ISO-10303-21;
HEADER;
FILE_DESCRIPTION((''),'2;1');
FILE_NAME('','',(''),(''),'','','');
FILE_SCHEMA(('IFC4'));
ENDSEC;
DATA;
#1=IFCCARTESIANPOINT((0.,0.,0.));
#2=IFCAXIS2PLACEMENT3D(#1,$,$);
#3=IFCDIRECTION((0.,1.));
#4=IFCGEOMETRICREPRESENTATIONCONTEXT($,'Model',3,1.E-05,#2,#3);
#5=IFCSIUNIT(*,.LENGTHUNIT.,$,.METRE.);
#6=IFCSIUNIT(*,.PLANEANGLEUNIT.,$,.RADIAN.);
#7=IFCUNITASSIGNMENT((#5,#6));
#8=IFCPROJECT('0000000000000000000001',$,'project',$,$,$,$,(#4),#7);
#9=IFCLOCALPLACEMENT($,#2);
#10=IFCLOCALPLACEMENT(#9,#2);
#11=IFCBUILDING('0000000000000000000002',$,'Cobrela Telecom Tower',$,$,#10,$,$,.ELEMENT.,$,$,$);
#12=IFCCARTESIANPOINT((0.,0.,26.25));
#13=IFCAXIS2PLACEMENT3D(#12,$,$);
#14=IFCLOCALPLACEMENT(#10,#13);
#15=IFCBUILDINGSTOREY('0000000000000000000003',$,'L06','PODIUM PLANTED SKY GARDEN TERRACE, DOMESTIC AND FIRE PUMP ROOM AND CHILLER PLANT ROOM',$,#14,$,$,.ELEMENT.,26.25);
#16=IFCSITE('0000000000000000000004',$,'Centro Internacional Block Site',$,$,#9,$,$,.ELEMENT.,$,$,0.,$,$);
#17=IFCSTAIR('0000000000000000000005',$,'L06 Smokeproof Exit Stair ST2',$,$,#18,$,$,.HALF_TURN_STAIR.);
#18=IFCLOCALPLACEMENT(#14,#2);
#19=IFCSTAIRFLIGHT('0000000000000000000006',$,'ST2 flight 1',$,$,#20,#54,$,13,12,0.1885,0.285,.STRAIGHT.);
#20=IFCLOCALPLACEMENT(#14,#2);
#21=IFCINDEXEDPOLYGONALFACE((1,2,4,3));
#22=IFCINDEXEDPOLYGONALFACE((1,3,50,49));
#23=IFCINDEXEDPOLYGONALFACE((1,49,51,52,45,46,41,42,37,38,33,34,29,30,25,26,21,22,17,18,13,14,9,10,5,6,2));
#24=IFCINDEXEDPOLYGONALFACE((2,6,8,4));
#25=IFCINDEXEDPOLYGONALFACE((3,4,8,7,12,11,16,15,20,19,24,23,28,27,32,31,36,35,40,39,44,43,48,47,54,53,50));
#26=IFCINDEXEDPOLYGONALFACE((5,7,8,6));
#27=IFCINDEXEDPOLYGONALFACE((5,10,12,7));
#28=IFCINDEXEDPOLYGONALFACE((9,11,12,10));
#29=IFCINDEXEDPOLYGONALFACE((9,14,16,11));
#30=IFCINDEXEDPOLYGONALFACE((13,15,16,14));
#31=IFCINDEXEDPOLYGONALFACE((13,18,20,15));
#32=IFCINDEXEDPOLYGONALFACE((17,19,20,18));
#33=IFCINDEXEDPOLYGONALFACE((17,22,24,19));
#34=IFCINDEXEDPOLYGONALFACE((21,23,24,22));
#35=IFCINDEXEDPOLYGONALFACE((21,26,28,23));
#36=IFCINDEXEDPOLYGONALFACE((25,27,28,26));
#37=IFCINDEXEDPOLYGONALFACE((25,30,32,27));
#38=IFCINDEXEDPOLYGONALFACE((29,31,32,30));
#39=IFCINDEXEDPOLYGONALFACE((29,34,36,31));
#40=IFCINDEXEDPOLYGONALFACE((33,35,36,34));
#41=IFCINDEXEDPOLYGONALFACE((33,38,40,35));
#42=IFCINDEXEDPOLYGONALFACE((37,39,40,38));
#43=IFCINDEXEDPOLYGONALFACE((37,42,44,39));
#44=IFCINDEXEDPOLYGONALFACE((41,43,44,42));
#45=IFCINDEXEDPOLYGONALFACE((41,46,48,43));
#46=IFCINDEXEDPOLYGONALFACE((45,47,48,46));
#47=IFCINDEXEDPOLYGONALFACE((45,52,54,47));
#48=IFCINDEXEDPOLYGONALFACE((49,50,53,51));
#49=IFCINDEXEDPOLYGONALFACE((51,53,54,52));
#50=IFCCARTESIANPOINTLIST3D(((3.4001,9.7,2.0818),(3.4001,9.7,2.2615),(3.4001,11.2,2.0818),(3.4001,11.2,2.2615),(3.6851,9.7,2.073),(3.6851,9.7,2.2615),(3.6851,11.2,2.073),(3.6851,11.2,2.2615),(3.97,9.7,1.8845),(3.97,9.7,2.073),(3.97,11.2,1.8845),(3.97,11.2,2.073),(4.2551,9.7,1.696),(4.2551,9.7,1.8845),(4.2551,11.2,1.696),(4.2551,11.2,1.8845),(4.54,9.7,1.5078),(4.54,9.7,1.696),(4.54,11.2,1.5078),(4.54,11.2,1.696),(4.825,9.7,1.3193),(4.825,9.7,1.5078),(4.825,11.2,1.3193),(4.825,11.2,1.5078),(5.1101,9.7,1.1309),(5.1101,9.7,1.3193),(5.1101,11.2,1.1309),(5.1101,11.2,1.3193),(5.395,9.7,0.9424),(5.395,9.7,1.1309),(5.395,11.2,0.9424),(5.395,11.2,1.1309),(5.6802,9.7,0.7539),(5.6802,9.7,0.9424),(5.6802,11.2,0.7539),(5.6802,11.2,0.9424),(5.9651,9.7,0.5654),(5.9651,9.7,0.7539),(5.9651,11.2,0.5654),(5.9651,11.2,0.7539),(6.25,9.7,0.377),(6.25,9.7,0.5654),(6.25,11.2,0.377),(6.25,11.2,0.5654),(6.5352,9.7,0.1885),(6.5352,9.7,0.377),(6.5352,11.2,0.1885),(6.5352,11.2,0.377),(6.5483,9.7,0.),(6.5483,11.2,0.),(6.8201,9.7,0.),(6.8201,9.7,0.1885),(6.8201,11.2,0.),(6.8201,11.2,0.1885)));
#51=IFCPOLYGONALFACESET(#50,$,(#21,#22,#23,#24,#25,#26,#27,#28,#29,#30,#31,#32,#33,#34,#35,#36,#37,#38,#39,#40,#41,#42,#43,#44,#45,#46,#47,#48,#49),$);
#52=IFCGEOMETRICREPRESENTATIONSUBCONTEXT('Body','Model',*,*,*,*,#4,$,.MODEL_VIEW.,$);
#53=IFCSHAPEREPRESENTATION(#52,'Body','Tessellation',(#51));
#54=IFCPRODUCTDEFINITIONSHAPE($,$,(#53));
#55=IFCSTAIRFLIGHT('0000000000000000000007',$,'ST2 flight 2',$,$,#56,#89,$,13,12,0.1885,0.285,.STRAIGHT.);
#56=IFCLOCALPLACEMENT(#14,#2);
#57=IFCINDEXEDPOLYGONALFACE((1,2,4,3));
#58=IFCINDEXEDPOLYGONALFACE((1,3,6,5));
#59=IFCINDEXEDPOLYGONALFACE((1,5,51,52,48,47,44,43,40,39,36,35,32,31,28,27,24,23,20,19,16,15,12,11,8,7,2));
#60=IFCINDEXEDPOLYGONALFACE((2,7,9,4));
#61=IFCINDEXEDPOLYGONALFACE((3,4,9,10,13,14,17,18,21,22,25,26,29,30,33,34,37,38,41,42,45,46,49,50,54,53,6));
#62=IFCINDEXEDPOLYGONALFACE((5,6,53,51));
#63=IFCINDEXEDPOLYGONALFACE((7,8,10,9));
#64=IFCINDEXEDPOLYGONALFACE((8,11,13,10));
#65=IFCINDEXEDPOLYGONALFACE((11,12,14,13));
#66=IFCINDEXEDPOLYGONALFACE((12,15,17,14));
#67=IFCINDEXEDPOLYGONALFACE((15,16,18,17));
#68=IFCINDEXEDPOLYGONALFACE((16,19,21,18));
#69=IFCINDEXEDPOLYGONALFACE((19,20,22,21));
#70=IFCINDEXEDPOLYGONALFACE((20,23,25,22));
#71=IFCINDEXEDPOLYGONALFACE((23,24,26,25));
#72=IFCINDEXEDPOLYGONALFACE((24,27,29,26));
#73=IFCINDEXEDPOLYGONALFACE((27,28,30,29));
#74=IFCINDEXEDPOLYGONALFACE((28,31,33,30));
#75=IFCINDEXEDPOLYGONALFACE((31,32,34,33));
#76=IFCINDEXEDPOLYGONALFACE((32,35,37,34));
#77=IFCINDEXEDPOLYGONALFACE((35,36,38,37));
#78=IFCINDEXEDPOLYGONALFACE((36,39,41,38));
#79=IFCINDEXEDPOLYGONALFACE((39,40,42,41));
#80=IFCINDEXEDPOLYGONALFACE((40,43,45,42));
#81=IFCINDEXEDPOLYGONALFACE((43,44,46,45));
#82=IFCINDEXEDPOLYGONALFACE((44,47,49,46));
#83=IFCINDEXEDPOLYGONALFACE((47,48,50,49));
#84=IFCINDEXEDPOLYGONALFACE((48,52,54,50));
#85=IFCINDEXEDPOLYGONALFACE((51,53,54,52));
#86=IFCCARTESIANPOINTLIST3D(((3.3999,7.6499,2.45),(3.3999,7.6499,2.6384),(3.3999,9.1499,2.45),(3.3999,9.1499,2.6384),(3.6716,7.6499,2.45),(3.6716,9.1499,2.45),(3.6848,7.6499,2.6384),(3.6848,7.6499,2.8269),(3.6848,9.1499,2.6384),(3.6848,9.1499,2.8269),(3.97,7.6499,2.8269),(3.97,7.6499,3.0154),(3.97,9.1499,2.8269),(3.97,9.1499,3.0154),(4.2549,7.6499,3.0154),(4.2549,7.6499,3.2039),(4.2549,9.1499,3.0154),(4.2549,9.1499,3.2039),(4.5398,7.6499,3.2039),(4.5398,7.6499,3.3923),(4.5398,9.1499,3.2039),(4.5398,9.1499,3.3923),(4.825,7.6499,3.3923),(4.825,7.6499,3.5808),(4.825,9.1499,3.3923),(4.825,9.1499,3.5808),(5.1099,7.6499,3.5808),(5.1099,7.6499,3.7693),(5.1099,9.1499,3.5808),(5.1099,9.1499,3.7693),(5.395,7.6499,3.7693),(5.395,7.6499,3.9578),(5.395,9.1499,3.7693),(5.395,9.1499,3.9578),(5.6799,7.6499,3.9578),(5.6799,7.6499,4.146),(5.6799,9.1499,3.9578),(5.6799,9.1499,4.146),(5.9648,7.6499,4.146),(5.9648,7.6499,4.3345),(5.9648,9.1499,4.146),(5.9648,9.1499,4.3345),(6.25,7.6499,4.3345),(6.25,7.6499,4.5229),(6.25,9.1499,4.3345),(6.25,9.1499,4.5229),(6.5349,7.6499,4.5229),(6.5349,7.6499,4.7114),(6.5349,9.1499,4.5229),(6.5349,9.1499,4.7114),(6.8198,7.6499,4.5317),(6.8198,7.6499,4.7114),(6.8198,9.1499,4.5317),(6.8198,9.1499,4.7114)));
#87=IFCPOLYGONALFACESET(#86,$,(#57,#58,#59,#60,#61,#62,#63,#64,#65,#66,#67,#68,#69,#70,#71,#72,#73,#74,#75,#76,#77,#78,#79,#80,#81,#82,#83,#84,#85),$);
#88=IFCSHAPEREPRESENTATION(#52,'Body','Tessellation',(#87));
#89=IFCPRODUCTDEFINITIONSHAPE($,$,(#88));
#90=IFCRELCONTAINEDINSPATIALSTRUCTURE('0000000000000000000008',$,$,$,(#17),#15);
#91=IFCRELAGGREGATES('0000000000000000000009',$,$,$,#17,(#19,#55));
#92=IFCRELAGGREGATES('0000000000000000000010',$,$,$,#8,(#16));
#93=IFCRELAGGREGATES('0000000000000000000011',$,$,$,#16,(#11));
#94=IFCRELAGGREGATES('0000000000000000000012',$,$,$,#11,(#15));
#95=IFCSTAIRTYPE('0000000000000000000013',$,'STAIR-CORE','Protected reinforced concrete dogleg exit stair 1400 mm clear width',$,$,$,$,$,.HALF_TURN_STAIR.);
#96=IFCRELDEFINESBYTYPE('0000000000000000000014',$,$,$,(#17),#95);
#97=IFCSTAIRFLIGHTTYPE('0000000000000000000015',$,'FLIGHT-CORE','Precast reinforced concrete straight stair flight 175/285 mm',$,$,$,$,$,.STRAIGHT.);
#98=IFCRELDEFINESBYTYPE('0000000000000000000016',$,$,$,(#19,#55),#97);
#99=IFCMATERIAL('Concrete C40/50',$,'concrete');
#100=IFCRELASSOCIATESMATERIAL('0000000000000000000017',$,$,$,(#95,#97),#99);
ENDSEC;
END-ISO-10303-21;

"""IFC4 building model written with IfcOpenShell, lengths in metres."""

from ifc_helpers import new_model, si_unit, direction, frame, origin, place, context, subcontext, project, spatial, polyline, outline, extrude, material, type_object, element, aggregate, save


model = new_model("IFC4")

# Units and contexts
model_context = context("Model", 3, precision=1e-05, world=origin(), true_north=direction((0.0, 1.0)))
body_context = subcontext(model_context, "Body", "Model", "MODEL_VIEW")
ifc_project = project(units=[si_unit("LENGTHUNIT", "METRE"), si_unit("PLANEANGLEUNIT", "RADIAN")], contexts=[model_context])

# Site, building, storey
site_placement = place(None, origin())
site = spatial("IfcSite", under=ifc_project, at=site_placement, Name="Centro Internacional Block Site", CompositionType="ELEMENT", RefElevation=0.0)
building_placement = place(site_placement, origin())
building = spatial("IfcBuilding", under=site, at=building_placement, Name="Cobrela Telecom Tower", CompositionType="ELEMENT")
storey_placement = place(building_placement, frame((0.0, 0.0, 26.25)))
storey = spatial("IfcBuildingStorey", under=building, at=storey_placement, Name="L06", Description="PODIUM PLANTED SKY GARDEN TERRACE, DOMESTIC AND FIRE PUMP ROOM AND CHILLER PLANT ROOM", CompositionType="ELEMENT", Elevation=26.25)

# Shared definitions
ifc_material_1 = material(Name="Concrete C40/50", Category="concrete")

# Stair, stair flights
stair_type = type_object("IfcStairType", Name="STAIR-CORE", Description="Protected reinforced concrete dogleg exit stair 1400 mm clear width", PredefinedType="HALF_TURN_STAIR", material=ifc_material_1)
stair_placement = place(storey_placement, origin())
stair = element("IfcStair", 1, at=stair_placement, inside=storey, type_object=stair_type, Name="L06 Smokeproof Exit Stair ST2", PredefinedType="HALF_TURN_STAIR")
stair_flight_type = type_object("IfcStairFlightType", Name="FLIGHT-CORE", Description="Precast reinforced concrete straight stair flight 175/285 mm", PredefinedType="STRAIGHT", material=ifc_material_1)
stair_flight_1_placement = place(storey_placement, frame((6.8201, 10.45, 0.0), z_axis=(0.0, 0.0, 1.0), x_axis=(-1.0, 0.0, 0.0)))
stair_flight_1 = element("IfcStairFlight", 2, at=stair_flight_1_placement, type_object=stair_flight_type, Name="ST2 flight 1", NumberOfRisers=13, NumberOfTreads=12, PredefinedType="STRAIGHT", RiserHeight=0.1885, TreadLength=0.285, context=body_context, shape_type="SweptSolid", body=[
    extrude(outline(polyline([(0.0, 0.0), (0.0, 0.1885), (0.2849, 0.1885), (0.2849, 0.377), (0.5701, 0.377), (0.5701, 0.5654), (0.855, 0.5654), (0.855, 0.7539), (1.1399, 0.7539), (1.1399, 0.9424), (1.425, 0.9424), (1.425, 1.1309), (1.71, 1.1309), (1.71, 1.3193), (1.9951, 1.3193), (1.9951, 1.5078), (2.28, 1.5078), (2.28, 1.696), (2.5649, 1.696), (2.5649, 1.8845), (2.8501, 1.8845), (2.8501, 2.073), (3.135, 2.073), (3.135, 2.2615), (3.4199, 2.2615), (3.4199, 2.45), (3.4199, 2.0818), (0.2717, 0.0), (0.0, 0.0)])), frame((0.0, 0.75, 0.0), z_axis=(0.0, -1.0, 0.0), x_axis=(1.0, 0.0, 0.0)), (0.0, 0.0, 1.0), 1.5),
])
stair_flight_2_placement = place(storey_placement, frame((3.3999, 8.3999, 2.45), z_axis=(0.0, 0.0, 1.0), x_axis=(1.0, 0.0, 0.0)))
stair_flight_2 = element("IfcStairFlight", 3, at=stair_flight_2_placement, type_object=stair_flight_type, Name="ST2 flight 2", NumberOfRisers=13, NumberOfTreads=12, PredefinedType="STRAIGHT", RiserHeight=0.1885, TreadLength=0.285, context=body_context, shape_type="SweptSolid", body=[
    extrude(outline(polyline([(0.0, 0.0), (0.0, 0.1885), (0.2849, 0.1885), (0.2849, 0.377), (0.5701, 0.377), (0.5701, 0.5654), (0.855, 0.5654), (0.855, 0.7539), (1.1399, 0.7539), (1.1399, 0.9424), (1.425, 0.9424), (1.425, 1.1309), (1.71, 1.1309), (1.71, 1.3193), (1.9951, 1.3193), (1.9951, 1.5078), (2.28, 1.5078), (2.28, 1.696), (2.5649, 1.696), (2.5649, 1.8845), (2.8501, 1.8845), (2.8501, 2.073), (3.135, 2.073), (3.135, 2.2615), (3.4199, 2.2615), (3.4199, 2.45), (3.4199, 2.0818), (0.2717, 0.0), (0.0, 0.0)])), frame((0.0, 0.75, 0.0), z_axis=(0.0, -1.0, 0.0), x_axis=(1.0, 0.0, 0.0)), (0.0, 0.0, 1.0), 1.5),
])
aggregate(stair, [stair_flight_1, stair_flight_2])

save(model, "model.ifc")
